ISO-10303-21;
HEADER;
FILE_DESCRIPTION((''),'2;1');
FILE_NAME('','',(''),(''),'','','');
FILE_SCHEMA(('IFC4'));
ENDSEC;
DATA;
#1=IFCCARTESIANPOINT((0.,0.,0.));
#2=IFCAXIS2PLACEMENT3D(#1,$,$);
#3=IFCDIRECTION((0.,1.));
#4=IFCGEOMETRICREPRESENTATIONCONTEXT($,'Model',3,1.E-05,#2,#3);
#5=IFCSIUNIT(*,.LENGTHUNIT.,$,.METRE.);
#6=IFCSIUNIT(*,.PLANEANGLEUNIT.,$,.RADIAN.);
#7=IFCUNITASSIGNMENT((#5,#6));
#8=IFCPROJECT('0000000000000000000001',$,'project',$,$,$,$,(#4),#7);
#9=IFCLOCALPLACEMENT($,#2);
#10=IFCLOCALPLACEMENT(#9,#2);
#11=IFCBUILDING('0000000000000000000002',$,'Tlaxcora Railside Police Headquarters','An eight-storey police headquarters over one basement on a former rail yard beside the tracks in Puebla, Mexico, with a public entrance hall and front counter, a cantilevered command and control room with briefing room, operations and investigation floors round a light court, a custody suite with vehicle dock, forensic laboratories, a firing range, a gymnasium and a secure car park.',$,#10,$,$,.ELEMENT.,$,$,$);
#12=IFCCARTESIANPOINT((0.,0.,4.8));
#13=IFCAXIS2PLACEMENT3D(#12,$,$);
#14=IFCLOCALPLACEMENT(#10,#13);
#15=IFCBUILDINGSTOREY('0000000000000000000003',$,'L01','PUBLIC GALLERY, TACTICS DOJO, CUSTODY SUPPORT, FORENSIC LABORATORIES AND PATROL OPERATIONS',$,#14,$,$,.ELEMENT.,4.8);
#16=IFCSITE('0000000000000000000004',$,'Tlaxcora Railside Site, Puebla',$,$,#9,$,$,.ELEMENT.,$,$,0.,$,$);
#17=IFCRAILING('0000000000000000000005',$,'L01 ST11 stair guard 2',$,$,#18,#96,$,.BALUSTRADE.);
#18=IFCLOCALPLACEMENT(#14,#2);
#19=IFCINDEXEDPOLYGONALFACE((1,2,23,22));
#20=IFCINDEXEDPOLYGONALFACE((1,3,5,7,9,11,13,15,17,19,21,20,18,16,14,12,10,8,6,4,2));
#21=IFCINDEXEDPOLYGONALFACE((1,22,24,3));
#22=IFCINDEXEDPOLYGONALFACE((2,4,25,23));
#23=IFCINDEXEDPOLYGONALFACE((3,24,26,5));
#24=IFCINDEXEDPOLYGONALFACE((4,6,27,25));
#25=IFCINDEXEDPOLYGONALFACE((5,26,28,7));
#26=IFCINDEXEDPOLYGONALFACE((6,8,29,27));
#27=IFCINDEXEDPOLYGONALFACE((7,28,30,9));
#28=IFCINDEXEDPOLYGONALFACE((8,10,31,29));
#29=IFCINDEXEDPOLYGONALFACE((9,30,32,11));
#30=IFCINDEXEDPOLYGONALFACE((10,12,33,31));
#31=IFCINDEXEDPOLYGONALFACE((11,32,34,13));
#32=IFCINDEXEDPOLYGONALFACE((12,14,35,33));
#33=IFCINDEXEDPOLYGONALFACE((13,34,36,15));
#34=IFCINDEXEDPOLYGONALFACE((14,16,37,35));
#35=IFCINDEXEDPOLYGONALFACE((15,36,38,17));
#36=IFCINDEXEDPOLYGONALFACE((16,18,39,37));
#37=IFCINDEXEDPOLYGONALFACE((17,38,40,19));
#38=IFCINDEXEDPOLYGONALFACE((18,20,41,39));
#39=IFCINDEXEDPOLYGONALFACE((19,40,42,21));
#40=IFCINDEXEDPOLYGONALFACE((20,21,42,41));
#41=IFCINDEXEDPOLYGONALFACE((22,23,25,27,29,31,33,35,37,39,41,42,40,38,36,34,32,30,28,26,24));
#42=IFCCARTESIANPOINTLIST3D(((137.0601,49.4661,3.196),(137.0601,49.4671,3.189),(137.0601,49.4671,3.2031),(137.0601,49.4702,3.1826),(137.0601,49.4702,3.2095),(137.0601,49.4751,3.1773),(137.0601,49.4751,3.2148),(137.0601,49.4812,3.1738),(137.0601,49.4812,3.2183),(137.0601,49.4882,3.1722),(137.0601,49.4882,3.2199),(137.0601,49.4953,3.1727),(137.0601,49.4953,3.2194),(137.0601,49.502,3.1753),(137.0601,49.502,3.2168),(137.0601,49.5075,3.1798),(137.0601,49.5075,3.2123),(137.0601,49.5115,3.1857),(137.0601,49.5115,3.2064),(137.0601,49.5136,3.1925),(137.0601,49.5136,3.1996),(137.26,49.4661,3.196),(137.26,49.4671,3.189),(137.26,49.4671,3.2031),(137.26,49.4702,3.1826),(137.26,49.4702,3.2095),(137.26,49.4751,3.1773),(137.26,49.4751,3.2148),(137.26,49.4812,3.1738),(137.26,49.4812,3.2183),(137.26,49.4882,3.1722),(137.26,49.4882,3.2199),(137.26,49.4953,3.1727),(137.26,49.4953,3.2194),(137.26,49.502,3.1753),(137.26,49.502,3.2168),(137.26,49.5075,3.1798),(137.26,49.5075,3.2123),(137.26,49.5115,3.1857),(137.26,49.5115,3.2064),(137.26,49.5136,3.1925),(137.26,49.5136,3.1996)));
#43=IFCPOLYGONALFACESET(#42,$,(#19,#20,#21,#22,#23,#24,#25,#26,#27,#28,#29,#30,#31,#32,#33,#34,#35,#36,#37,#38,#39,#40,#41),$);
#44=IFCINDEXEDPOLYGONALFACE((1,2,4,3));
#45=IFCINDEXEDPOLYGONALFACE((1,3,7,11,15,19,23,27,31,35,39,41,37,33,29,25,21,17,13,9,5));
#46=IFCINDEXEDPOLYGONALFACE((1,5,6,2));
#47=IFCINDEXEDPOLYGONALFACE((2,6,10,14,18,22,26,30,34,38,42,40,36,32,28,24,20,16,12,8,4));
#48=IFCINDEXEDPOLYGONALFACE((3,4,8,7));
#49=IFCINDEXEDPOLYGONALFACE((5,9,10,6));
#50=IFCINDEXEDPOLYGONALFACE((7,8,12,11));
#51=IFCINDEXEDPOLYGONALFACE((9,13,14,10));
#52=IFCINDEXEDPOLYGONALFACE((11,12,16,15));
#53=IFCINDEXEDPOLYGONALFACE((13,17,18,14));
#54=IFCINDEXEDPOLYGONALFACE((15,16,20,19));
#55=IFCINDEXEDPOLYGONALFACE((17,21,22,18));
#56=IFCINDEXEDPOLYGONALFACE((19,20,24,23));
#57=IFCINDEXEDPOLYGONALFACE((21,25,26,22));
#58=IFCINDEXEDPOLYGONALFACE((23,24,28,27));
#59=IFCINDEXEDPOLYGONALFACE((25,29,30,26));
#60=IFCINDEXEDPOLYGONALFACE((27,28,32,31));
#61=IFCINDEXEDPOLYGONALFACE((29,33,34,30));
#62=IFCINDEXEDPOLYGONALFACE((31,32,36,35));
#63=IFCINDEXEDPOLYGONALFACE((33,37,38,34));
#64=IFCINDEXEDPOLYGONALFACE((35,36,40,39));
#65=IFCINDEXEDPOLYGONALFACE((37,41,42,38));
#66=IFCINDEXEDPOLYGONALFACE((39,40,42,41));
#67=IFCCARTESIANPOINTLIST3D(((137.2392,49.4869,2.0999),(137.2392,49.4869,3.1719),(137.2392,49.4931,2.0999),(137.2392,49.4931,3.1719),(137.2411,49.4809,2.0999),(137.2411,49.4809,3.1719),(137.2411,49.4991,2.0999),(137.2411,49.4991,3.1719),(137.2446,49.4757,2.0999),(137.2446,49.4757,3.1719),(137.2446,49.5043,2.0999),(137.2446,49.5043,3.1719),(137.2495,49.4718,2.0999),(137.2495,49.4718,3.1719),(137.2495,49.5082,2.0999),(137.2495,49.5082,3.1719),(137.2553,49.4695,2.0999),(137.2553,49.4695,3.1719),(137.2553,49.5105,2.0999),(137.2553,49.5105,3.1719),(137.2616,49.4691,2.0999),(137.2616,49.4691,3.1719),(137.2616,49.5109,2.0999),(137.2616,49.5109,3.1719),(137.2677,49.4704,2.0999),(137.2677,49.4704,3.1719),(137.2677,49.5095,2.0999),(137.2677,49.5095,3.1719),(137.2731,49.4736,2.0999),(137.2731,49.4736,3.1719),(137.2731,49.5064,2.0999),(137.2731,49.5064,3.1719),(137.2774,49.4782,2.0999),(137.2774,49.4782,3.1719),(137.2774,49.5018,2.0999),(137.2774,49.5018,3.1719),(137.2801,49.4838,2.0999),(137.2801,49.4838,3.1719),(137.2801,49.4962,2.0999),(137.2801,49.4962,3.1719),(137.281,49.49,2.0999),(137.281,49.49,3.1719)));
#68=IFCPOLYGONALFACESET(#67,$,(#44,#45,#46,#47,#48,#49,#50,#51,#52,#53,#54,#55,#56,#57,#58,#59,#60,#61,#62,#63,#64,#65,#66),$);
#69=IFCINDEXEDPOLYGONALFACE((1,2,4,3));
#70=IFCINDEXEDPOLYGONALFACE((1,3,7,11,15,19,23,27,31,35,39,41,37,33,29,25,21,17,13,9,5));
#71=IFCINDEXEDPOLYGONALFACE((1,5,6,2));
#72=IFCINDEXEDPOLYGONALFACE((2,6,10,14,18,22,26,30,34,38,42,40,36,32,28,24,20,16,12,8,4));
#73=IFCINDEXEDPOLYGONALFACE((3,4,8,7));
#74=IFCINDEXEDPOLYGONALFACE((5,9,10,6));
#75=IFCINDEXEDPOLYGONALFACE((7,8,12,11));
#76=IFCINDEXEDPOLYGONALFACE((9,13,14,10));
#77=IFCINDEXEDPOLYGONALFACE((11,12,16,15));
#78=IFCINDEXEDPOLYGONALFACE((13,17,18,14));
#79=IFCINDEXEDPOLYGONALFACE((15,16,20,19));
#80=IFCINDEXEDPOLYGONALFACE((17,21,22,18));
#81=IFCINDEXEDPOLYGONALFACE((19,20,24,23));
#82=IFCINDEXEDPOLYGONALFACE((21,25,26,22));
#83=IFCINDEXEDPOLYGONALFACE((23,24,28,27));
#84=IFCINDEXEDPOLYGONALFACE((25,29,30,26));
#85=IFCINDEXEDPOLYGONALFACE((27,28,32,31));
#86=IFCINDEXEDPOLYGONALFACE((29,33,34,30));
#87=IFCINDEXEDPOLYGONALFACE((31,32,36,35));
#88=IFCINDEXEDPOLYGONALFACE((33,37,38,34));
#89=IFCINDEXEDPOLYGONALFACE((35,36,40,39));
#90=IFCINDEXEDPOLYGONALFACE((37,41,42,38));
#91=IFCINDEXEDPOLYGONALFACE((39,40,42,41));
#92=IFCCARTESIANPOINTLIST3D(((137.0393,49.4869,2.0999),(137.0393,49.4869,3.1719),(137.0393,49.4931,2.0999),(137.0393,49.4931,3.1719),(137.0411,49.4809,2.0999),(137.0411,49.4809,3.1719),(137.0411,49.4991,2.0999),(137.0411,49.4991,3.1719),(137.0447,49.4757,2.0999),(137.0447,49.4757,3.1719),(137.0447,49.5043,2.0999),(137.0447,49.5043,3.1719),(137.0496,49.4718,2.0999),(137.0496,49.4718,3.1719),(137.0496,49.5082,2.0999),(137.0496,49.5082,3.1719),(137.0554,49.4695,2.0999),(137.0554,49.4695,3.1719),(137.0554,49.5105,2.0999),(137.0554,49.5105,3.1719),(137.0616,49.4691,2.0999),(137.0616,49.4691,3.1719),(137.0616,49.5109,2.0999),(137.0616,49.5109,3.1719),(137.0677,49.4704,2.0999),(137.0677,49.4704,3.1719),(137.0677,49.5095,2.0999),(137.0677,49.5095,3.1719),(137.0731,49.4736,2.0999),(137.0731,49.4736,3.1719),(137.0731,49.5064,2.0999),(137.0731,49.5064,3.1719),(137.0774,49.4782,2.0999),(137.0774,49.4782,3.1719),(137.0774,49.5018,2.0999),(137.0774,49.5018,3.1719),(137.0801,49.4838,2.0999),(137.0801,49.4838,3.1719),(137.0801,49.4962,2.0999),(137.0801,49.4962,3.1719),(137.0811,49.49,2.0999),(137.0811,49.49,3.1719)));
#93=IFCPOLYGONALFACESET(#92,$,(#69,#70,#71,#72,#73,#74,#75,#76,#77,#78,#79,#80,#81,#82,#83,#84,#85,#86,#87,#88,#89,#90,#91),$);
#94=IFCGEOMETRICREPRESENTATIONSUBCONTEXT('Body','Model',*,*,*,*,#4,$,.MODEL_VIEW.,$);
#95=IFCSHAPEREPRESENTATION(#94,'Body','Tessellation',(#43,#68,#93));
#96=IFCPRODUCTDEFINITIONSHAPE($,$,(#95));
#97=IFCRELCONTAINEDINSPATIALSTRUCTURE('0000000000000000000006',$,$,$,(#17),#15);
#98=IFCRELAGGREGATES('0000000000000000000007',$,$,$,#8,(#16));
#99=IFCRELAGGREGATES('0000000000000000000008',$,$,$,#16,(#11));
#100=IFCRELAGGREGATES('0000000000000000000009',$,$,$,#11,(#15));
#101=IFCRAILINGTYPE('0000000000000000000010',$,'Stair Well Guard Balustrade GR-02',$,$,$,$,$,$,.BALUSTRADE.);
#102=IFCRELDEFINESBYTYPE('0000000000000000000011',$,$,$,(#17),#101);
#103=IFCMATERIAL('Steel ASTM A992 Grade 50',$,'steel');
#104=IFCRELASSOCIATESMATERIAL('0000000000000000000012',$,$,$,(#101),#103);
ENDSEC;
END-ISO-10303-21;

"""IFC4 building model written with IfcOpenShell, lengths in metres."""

from ifc_helpers import new_model, si_unit, direction, frame, origin, origin_2d, place, context, subcontext, project, spatial, circle, extrude, material, type_object, element, save


model = new_model("IFC4")

# Units and contexts
model_context = context("Model", 3, precision=1e-05, world=origin(), true_north=direction((0.0, 1.0)))
body_context = subcontext(model_context, "Body", "Model", "MODEL_VIEW")
ifc_project = project(units=[si_unit("LENGTHUNIT", "METRE"), si_unit("PLANEANGLEUNIT", "RADIAN")], contexts=[model_context])

# Site, building, storey
site_placement = place(None, origin())
site = spatial("IfcSite", under=ifc_project, at=site_placement, Name="Tlaxcora Railside Site, Puebla", CompositionType="ELEMENT", RefElevation=0.0)
building_placement = place(site_placement, origin())
building = spatial("IfcBuilding", under=site, at=building_placement, Name="Tlaxcora Railside Police Headquarters", Description="An eight-storey police headquarters over one basement on a former rail yard beside the tracks in Puebla, Mexico, with a public entrance hall and front counter, a cantilevered command and control room with briefing room, operations and investigation floors round a light court, a custody suite with vehicle dock, forensic laboratories, a firing range, a gymnasium and a secure car park.", CompositionType="ELEMENT")
storey_placement = place(building_placement, frame((0.0, 0.0, 4.8)))
storey = spatial("IfcBuildingStorey", under=building, at=storey_placement, Name="L01", Description="PUBLIC GALLERY, TACTICS DOJO, CUSTODY SUPPORT, FORENSIC LABORATORIES AND PATROL OPERATIONS", CompositionType="ELEMENT", Elevation=4.8)

# Shared definitions
ifc_material_1 = material(Name="Steel ASTM A992 Grade 50", Category="steel")

# Railing
railing_type_1 = type_object("IfcRailingType", Name="Stair Well Guard Balustrade GR-02", PredefinedType="BALUSTRADE", material=ifc_material_1)
railing_1_placement = place(storey_placement, frame((137.26, 49.49, 2.0999)))
element("IfcRailing", 1, at=railing_1_placement, inside=storey, type_object=railing_type_1, Name="L01 ST11 stair guard 2", PredefinedType="BALUSTRADE", context=body_context, shape_type="SweptSolid", body=[
    extrude(circle(Radius=0.0239, at=origin_2d()), frame((0.0, 0.0, 1.0962), z_axis=(-1.0, 0.0, 0.0), x_axis=(0.0, -1.0, 0.0)), (0.0, 0.0, 1.0), 0.2),
    extrude(circle(Radius=0.021, at=origin_2d()), origin(), (0.0, 0.0, 1.0), 1.072),
    extrude(circle(Radius=0.021, at=origin_2d()), frame((-0.2, 0.0, 0.0)), (0.0, 0.0, 1.0), 1.072),
])

save(model, "model.ifc")
